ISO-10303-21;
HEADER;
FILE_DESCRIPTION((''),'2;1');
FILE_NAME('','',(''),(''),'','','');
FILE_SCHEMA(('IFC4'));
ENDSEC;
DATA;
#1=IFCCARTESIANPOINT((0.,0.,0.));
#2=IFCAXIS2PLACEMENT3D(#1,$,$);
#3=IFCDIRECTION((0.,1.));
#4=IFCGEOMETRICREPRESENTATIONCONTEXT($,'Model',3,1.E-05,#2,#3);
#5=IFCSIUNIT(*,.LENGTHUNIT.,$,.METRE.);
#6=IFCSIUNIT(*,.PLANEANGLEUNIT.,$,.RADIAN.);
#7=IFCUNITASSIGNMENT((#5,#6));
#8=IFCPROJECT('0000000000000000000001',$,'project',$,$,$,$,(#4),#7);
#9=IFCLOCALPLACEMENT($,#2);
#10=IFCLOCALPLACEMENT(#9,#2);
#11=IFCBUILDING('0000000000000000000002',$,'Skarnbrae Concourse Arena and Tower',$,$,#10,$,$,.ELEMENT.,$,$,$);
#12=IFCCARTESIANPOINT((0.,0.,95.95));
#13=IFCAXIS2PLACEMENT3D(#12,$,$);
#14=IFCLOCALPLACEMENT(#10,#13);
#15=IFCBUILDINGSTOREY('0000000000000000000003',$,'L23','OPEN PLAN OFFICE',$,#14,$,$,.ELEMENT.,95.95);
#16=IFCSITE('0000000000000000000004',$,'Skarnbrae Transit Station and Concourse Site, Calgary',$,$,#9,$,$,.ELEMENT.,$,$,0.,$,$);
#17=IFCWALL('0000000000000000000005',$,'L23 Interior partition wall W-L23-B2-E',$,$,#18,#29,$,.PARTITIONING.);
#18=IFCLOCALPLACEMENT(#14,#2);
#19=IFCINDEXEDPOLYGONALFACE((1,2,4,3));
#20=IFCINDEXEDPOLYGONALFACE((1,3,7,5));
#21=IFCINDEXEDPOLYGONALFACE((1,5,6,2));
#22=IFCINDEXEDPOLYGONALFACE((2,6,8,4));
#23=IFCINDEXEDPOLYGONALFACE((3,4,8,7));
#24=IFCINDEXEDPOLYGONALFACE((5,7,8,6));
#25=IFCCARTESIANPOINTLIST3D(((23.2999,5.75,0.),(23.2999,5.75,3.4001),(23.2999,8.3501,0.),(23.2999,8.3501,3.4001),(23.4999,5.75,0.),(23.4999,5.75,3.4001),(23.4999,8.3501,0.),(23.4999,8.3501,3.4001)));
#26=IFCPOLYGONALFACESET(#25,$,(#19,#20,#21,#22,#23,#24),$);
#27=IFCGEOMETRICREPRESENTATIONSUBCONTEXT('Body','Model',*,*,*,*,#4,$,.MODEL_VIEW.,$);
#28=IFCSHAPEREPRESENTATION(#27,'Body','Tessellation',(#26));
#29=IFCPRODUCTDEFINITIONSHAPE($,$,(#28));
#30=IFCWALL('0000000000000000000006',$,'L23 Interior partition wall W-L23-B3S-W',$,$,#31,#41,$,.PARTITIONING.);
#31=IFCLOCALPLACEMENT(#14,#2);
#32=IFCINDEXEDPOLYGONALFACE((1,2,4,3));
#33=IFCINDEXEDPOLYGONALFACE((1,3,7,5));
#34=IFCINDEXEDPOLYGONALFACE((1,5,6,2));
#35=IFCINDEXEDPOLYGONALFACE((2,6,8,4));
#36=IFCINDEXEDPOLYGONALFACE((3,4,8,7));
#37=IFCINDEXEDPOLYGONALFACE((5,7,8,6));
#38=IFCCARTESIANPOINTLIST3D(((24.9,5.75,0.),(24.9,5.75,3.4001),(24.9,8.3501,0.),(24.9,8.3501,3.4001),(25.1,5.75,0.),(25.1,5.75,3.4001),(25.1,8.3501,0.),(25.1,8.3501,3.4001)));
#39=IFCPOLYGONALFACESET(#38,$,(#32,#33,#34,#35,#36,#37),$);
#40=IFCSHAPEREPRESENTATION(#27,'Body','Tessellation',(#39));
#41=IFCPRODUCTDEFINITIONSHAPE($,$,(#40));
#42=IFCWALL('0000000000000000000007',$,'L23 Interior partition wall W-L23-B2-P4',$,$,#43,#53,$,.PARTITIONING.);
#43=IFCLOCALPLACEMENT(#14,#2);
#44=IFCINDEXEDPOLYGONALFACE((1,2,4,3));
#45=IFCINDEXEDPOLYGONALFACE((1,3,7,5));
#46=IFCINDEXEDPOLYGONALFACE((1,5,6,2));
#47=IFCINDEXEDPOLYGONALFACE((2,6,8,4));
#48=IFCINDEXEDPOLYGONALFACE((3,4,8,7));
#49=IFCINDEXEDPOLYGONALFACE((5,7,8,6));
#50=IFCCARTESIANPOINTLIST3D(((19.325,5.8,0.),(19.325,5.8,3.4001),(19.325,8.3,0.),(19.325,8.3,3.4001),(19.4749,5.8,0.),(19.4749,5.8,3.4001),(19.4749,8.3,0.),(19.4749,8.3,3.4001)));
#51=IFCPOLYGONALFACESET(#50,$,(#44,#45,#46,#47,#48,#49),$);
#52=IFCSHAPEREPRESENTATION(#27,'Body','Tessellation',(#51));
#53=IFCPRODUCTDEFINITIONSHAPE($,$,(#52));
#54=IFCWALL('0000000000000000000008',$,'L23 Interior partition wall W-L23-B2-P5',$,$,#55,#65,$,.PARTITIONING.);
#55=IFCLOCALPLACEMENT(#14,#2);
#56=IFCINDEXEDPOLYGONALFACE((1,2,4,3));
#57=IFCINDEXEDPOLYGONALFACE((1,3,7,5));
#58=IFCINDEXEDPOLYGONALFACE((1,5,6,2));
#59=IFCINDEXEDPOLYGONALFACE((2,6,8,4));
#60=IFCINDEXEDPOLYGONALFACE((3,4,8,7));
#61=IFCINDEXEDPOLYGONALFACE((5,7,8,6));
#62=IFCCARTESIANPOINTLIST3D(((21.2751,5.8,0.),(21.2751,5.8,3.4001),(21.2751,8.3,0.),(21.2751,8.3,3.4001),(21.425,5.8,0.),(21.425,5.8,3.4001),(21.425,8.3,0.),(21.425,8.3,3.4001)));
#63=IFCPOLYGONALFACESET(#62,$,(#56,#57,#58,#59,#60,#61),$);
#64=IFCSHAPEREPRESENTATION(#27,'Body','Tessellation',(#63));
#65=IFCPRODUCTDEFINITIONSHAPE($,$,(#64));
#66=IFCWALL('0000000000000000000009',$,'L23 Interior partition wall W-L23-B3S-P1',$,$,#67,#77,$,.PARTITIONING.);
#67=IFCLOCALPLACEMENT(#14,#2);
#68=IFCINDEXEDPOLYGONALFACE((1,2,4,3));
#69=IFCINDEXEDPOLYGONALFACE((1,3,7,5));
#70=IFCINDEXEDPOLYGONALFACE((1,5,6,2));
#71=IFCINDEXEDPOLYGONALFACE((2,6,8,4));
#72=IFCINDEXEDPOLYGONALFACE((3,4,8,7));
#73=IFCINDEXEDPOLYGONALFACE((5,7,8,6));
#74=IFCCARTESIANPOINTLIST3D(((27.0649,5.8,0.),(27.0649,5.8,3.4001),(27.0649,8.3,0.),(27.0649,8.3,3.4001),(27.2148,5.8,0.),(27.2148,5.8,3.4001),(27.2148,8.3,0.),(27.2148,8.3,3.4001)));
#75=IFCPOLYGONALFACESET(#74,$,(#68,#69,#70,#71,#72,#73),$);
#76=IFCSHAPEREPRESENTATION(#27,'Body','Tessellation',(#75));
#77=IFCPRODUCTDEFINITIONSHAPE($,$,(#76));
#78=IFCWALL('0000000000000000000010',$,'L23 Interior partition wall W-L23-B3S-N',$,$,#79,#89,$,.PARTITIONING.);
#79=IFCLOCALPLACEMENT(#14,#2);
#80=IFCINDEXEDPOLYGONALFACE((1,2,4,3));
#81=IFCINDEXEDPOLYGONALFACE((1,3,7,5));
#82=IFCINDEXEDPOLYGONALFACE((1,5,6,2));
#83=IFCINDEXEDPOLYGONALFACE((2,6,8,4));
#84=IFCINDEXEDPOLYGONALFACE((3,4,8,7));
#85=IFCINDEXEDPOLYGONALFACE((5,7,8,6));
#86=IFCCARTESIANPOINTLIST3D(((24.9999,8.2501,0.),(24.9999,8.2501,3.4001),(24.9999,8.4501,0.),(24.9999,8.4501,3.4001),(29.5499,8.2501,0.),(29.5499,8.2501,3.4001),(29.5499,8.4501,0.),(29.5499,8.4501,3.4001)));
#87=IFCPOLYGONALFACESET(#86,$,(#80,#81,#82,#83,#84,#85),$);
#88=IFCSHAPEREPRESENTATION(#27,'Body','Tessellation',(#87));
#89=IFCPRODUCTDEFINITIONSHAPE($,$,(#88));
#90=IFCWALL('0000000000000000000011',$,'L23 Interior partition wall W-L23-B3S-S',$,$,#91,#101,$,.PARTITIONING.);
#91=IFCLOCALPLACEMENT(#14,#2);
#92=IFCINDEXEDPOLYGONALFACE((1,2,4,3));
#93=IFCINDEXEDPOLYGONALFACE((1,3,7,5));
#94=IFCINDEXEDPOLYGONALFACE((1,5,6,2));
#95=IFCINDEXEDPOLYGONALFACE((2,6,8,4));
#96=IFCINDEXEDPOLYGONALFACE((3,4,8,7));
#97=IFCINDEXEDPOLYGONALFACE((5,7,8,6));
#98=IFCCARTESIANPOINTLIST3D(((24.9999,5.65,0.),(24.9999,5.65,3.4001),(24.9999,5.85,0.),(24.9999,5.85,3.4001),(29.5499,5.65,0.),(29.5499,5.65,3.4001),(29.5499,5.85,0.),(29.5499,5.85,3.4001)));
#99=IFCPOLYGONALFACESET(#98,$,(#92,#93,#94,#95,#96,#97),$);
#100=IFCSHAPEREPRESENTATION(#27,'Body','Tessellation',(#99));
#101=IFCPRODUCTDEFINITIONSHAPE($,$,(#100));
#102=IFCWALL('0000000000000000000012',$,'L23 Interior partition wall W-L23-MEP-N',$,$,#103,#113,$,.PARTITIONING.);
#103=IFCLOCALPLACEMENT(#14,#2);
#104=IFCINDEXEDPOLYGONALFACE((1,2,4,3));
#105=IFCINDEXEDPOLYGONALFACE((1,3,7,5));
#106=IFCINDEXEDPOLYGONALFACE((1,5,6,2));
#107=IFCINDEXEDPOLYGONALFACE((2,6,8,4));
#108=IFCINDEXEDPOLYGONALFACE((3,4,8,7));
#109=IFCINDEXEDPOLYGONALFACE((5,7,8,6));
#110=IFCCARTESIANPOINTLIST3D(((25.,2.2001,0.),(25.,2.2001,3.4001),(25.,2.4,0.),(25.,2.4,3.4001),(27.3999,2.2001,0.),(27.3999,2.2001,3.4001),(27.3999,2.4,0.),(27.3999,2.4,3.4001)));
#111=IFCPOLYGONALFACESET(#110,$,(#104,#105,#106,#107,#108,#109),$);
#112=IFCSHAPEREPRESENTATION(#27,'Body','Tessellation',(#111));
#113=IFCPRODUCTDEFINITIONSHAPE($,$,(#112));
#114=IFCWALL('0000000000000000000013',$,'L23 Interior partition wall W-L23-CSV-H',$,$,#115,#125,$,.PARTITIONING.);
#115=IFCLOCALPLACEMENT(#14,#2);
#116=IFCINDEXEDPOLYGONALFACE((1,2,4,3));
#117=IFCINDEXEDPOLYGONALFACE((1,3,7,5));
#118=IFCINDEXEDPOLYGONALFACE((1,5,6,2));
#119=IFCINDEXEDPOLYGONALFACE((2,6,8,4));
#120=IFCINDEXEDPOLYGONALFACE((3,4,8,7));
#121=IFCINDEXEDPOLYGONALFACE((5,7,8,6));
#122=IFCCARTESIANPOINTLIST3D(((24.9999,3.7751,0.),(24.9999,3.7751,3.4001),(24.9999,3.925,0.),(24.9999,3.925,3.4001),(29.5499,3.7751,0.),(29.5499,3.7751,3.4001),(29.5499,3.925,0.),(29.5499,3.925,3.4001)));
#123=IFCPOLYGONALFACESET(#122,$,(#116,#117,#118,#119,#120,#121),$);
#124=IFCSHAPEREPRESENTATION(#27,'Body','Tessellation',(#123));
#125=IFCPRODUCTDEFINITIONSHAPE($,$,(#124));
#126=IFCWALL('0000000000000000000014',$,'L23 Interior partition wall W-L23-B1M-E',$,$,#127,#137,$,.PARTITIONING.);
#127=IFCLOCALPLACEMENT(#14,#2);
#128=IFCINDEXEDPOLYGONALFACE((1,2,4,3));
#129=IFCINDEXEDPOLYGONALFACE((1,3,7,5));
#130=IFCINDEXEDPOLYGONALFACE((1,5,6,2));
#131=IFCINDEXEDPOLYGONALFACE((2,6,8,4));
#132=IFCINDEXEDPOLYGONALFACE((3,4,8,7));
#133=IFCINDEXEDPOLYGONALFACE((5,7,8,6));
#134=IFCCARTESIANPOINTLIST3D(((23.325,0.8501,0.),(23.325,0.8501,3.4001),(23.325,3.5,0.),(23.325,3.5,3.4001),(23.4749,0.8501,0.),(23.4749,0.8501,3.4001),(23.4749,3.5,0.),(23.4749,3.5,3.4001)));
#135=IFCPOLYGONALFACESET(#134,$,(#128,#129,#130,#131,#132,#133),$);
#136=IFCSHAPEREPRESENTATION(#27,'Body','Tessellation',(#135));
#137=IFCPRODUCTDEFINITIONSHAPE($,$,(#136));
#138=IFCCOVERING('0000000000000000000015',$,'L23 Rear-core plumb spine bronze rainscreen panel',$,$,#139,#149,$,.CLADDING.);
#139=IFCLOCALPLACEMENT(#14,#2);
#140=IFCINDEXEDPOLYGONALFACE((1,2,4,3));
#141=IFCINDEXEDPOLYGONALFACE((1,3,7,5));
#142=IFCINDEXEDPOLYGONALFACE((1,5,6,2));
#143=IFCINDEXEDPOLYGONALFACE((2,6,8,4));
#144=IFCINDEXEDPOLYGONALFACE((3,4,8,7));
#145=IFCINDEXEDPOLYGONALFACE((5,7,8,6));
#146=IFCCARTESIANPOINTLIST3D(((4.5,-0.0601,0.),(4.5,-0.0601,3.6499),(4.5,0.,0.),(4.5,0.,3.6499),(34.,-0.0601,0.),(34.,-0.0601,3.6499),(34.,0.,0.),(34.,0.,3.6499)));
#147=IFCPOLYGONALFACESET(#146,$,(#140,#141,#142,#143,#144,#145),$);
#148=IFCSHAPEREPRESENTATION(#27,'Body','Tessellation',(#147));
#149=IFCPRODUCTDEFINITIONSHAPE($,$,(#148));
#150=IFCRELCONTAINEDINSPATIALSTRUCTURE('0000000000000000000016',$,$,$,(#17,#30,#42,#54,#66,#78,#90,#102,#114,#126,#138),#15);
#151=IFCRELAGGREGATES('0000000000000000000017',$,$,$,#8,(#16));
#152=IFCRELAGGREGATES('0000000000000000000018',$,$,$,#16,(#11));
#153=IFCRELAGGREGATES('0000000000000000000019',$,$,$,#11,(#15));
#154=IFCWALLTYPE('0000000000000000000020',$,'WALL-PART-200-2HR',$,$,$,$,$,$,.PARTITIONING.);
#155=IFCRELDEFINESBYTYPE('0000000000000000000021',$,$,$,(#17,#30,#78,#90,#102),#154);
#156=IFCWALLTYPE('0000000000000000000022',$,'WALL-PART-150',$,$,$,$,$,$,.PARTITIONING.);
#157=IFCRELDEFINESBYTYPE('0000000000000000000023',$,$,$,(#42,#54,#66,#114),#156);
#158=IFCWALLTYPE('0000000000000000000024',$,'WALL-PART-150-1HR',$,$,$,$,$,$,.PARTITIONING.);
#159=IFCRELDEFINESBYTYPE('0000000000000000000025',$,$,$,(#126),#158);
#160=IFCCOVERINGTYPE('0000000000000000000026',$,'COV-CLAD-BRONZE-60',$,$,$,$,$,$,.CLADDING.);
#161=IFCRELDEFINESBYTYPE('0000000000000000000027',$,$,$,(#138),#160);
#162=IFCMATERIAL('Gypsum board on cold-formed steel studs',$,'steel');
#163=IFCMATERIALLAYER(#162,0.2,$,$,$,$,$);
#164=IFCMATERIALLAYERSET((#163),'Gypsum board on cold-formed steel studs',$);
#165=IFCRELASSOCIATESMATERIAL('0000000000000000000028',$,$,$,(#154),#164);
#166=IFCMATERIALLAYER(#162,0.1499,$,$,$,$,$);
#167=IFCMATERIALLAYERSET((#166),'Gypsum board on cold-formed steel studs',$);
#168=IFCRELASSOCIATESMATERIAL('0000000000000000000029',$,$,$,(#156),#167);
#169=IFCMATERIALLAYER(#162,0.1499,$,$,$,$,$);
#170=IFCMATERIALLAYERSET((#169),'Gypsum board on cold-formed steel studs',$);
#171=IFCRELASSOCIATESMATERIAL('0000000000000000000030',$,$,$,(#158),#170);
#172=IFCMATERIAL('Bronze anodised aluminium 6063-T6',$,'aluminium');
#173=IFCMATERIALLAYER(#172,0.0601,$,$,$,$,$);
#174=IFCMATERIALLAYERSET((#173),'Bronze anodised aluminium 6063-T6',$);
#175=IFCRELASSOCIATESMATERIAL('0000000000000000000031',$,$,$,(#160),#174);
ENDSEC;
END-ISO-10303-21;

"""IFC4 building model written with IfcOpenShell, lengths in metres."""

from ifc_helpers import new_model, si_unit, direction, frame, frame_2d, origin, origin_2d, place, context, subcontext, project, spatial, rectangle, extrude, source, transform, mapped, material, layer, layer_set, type_object, element, save


model = new_model("IFC4")

# Units and contexts
model_context = context("Model", 3, precision=1e-05, world=origin(), true_north=direction((0.0, 1.0)))
body_context = subcontext(model_context, "Body", "Model", "MODEL_VIEW")
ifc_project = project(units=[si_unit("LENGTHUNIT", "METRE"), si_unit("PLANEANGLEUNIT", "RADIAN")], contexts=[model_context])

# Site, building, storey
site_placement = place(None, origin())
site = spatial("IfcSite", under=ifc_project, at=site_placement, Name="Skarnbrae Transit Station and Concourse Site, Calgary", CompositionType="ELEMENT", RefElevation=0.0)
building_placement = place(site_placement, origin())
building = spatial("IfcBuilding", under=site, at=building_placement, Name="Skarnbrae Concourse Arena and Tower", CompositionType="ELEMENT")
storey_placement = place(building_placement, frame((0.0, 0.0, 95.95)))
storey = spatial("IfcBuildingStorey", under=building, at=storey_placement, Name="L23", Description="OPEN PLAN OFFICE", CompositionType="ELEMENT", Elevation=95.95)

# Walls
ifc_material_1 = material(Name="Gypsum board on cold-formed steel studs", Category="steel")
ifc_layer_1 = layer(ifc_material_1, 0.2)
ifc_layer_set_1 = layer_set([ifc_layer_1], Name="Gypsum board on cold-formed steel studs")
wall_type_1 = type_object("IfcWallType", Name="WALL-PART-200-2HR", PredefinedType="PARTITIONING", material=ifc_layer_set_1)
shared_shape_1 = source(origin(), body_context, "Body", "SweptSolid", [
    extrude(rectangle(XDim=2.6001, YDim=0.2, at=frame_2d((1.3, 0.0))), origin(), (0.0, 0.0, 1.0), 3.4001),
])
for number, where, z_axis, x_axis, name in (
    (1, (23.3999, 5.75, 0.0), (0.0, 0.0, 1.0), (0.0, 1.0, 0.0), "L23 Interior partition wall W-L23-B2-E"),
    (2, (25.0, 5.75, 0.0), (0.0, 0.0, 1.0), (0.0, 1.0, 0.0), "L23 Interior partition wall W-L23-B3S-W"),
):
    element("IfcWall", number, at=place(storey_placement, frame(where, z_axis=z_axis, x_axis=x_axis)), inside=storey, type_object=wall_type_1, Name=name, PredefinedType="PARTITIONING", context=body_context, shape_type="MappedRepresentation", body=[
        mapped(shared_shape_1, transform((0.0, 0.0, 0.0))),
    ])
ifc_layer_2 = layer(ifc_material_1, 0.1499)
ifc_layer_set_2 = layer_set([ifc_layer_2], Name="Gypsum board on cold-formed steel studs")
wall_type_2 = type_object("IfcWallType", Name="WALL-PART-150", PredefinedType="PARTITIONING", material=ifc_layer_set_2)
shared_shape_2 = source(origin(), body_context, "Body", "SweptSolid", [
    extrude(rectangle(XDim=2.5, YDim=0.1499, at=frame_2d((1.25, 0.0))), origin(), (0.0, 0.0, 1.0), 3.4001),
])
for number, where, z_axis, x_axis, name in (
    (3, (19.3999, 5.8, 0.0), (0.0, 0.0, 1.0), (0.0, 1.0, 0.0), "L23 Interior partition wall W-L23-B2-P4"),
    (4, (21.3501, 5.8, 0.0), (0.0, 0.0, 1.0), (0.0, 1.0, 0.0), "L23 Interior partition wall W-L23-B2-P5"),
    (5, (27.1399, 5.8, 0.0), (0.0, 0.0, 1.0), (0.0, 1.0, 0.0), "L23 Interior partition wall W-L23-B3S-P1"),
):
    element("IfcWall", number, at=place(storey_placement, frame(where, z_axis=z_axis, x_axis=x_axis)), inside=storey, type_object=wall_type_2, Name=name, PredefinedType="PARTITIONING", context=body_context, shape_type="MappedRepresentation", body=[
        mapped(shared_shape_2, transform((0.0, 0.0, 0.0))),
    ])
shared_shape_3 = source(origin(), body_context, "Body", "SweptSolid", [
    extrude(rectangle(XDim=4.55, YDim=0.2, at=frame_2d((2.2749, 0.0))), origin(), (0.0, 0.0, 1.0), 3.4001),
])
for number, where, z_axis, x_axis, name in (
    (6, (25.0, 8.3501, 0.0), (0.0, 0.0, 1.0), (1.0, 0.0, 0.0), "L23 Interior partition wall W-L23-B3S-N"),
    (7, (25.0, 5.75, 0.0), (0.0, 0.0, 1.0), (1.0, 0.0, 0.0), "L23 Interior partition wall W-L23-B3S-S"),
):
    element("IfcWall", number, at=place(storey_placement, frame(where, z_axis=z_axis, x_axis=x_axis)), inside=storey, type_object=wall_type_1, Name=name, PredefinedType="PARTITIONING", context=body_context, shape_type="MappedRepresentation", body=[
        mapped(shared_shape_3, transform((0.0, 0.0, 0.0))),
    ])

# Shared definitions
ifc_layer_3 = layer(ifc_material_1, 0.1499)
ifc_layer_set_3 = layer_set([ifc_layer_3], Name="Gypsum board on cold-formed steel studs")
wall_type_3 = type_object("IfcWallType", Name="WALL-PART-150-1HR", PredefinedType="PARTITIONING", material=ifc_layer_set_3)

# Walls
shared_shape_4 = source(origin(), body_context, "Body", "SweptSolid", [
    extrude(rectangle(XDim=2.3999, YDim=0.2, at=frame_2d((1.2, 0.0))), origin(), (0.0, 0.0, 1.0), 3.4001),
])
wall_1_placement = place(storey_placement, frame((25.0, 2.3, 0.0), z_axis=(0.0, 0.0, 1.0), x_axis=(1.0, 0.0, 0.0)))
element("IfcWall", 8, at=wall_1_placement, inside=storey, type_object=wall_type_1, Name="L23 Interior partition wall W-L23-MEP-N", PredefinedType="PARTITIONING", context=body_context, shape_type="MappedRepresentation", body=[
    mapped(shared_shape_4, transform((0.0, 0.0, 0.0))),
])
shared_shape_5 = source(origin(), body_context, "Body", "SweptSolid", [
    extrude(rectangle(XDim=4.55, YDim=0.1499, at=frame_2d((2.2749, 0.0))), origin(), (0.0, 0.0, 1.0), 3.4001),
])
wall_2_placement = place(storey_placement, frame((25.0, 3.8501, 0.0), z_axis=(0.0, 0.0, 1.0), x_axis=(1.0, 0.0, 0.0)))
element("IfcWall", 9, at=wall_2_placement, inside=storey, type_object=wall_type_2, Name="L23 Interior partition wall W-L23-CSV-H", PredefinedType="PARTITIONING", context=body_context, shape_type="MappedRepresentation", body=[
    mapped(shared_shape_5, transform((0.0, 0.0, 0.0))),
])
shared_shape_6 = source(origin(), body_context, "Body", "SweptSolid", [
    extrude(rectangle(XDim=2.6499, YDim=0.1499, at=frame_2d((1.325, 0.0))), origin(), (0.0, 0.0, 1.0), 3.4001),
])
wall_3_placement = place(storey_placement, frame((23.3999, 0.8501, 0.0), z_axis=(0.0, 0.0, 1.0), x_axis=(0.0, 1.0, 0.0)))
element("IfcWall", 10, at=wall_3_placement, inside=storey, type_object=wall_type_3, Name="L23 Interior partition wall W-L23-B1M-E", PredefinedType="PARTITIONING", context=body_context, shape_type="MappedRepresentation", body=[
    mapped(shared_shape_6, transform((0.0, 0.0, 0.0))),
])

# Covering
ifc_material_2 = material(Name="Bronze anodised aluminium 6063-T6", Category="aluminium")
ifc_layer_4 = layer(ifc_material_2, 0.0601)
ifc_layer_set_4 = layer_set([ifc_layer_4], Name="Bronze anodised aluminium 6063-T6")
covering_type = type_object("IfcCoveringType", Name="COV-CLAD-BRONZE-60", PredefinedType="CLADDING", material=ifc_layer_set_4)
shared_shape_7 = source(origin(), body_context, "Body", "SweptSolid", [
    extrude(rectangle(XDim=29.5, YDim=0.0601, at=origin_2d()), origin(), (0.0, 0.0, 1.0), 3.6499),
])
covering_placement = place(storey_placement, frame((19.25, -0.03, 0.0), z_axis=(0.0, 0.0, 1.0), x_axis=(1.0, 0.0, 0.0)))
element("IfcCovering", 11, at=covering_placement, inside=storey, type_object=covering_type, Name="L23 Rear-core plumb spine bronze rainscreen panel", PredefinedType="CLADDING", context=body_context, shape_type="MappedRepresentation", body=[
    mapped(shared_shape_7, transform((0.0, 0.0, 0.0))),
])

save(model, "model.ifc")
